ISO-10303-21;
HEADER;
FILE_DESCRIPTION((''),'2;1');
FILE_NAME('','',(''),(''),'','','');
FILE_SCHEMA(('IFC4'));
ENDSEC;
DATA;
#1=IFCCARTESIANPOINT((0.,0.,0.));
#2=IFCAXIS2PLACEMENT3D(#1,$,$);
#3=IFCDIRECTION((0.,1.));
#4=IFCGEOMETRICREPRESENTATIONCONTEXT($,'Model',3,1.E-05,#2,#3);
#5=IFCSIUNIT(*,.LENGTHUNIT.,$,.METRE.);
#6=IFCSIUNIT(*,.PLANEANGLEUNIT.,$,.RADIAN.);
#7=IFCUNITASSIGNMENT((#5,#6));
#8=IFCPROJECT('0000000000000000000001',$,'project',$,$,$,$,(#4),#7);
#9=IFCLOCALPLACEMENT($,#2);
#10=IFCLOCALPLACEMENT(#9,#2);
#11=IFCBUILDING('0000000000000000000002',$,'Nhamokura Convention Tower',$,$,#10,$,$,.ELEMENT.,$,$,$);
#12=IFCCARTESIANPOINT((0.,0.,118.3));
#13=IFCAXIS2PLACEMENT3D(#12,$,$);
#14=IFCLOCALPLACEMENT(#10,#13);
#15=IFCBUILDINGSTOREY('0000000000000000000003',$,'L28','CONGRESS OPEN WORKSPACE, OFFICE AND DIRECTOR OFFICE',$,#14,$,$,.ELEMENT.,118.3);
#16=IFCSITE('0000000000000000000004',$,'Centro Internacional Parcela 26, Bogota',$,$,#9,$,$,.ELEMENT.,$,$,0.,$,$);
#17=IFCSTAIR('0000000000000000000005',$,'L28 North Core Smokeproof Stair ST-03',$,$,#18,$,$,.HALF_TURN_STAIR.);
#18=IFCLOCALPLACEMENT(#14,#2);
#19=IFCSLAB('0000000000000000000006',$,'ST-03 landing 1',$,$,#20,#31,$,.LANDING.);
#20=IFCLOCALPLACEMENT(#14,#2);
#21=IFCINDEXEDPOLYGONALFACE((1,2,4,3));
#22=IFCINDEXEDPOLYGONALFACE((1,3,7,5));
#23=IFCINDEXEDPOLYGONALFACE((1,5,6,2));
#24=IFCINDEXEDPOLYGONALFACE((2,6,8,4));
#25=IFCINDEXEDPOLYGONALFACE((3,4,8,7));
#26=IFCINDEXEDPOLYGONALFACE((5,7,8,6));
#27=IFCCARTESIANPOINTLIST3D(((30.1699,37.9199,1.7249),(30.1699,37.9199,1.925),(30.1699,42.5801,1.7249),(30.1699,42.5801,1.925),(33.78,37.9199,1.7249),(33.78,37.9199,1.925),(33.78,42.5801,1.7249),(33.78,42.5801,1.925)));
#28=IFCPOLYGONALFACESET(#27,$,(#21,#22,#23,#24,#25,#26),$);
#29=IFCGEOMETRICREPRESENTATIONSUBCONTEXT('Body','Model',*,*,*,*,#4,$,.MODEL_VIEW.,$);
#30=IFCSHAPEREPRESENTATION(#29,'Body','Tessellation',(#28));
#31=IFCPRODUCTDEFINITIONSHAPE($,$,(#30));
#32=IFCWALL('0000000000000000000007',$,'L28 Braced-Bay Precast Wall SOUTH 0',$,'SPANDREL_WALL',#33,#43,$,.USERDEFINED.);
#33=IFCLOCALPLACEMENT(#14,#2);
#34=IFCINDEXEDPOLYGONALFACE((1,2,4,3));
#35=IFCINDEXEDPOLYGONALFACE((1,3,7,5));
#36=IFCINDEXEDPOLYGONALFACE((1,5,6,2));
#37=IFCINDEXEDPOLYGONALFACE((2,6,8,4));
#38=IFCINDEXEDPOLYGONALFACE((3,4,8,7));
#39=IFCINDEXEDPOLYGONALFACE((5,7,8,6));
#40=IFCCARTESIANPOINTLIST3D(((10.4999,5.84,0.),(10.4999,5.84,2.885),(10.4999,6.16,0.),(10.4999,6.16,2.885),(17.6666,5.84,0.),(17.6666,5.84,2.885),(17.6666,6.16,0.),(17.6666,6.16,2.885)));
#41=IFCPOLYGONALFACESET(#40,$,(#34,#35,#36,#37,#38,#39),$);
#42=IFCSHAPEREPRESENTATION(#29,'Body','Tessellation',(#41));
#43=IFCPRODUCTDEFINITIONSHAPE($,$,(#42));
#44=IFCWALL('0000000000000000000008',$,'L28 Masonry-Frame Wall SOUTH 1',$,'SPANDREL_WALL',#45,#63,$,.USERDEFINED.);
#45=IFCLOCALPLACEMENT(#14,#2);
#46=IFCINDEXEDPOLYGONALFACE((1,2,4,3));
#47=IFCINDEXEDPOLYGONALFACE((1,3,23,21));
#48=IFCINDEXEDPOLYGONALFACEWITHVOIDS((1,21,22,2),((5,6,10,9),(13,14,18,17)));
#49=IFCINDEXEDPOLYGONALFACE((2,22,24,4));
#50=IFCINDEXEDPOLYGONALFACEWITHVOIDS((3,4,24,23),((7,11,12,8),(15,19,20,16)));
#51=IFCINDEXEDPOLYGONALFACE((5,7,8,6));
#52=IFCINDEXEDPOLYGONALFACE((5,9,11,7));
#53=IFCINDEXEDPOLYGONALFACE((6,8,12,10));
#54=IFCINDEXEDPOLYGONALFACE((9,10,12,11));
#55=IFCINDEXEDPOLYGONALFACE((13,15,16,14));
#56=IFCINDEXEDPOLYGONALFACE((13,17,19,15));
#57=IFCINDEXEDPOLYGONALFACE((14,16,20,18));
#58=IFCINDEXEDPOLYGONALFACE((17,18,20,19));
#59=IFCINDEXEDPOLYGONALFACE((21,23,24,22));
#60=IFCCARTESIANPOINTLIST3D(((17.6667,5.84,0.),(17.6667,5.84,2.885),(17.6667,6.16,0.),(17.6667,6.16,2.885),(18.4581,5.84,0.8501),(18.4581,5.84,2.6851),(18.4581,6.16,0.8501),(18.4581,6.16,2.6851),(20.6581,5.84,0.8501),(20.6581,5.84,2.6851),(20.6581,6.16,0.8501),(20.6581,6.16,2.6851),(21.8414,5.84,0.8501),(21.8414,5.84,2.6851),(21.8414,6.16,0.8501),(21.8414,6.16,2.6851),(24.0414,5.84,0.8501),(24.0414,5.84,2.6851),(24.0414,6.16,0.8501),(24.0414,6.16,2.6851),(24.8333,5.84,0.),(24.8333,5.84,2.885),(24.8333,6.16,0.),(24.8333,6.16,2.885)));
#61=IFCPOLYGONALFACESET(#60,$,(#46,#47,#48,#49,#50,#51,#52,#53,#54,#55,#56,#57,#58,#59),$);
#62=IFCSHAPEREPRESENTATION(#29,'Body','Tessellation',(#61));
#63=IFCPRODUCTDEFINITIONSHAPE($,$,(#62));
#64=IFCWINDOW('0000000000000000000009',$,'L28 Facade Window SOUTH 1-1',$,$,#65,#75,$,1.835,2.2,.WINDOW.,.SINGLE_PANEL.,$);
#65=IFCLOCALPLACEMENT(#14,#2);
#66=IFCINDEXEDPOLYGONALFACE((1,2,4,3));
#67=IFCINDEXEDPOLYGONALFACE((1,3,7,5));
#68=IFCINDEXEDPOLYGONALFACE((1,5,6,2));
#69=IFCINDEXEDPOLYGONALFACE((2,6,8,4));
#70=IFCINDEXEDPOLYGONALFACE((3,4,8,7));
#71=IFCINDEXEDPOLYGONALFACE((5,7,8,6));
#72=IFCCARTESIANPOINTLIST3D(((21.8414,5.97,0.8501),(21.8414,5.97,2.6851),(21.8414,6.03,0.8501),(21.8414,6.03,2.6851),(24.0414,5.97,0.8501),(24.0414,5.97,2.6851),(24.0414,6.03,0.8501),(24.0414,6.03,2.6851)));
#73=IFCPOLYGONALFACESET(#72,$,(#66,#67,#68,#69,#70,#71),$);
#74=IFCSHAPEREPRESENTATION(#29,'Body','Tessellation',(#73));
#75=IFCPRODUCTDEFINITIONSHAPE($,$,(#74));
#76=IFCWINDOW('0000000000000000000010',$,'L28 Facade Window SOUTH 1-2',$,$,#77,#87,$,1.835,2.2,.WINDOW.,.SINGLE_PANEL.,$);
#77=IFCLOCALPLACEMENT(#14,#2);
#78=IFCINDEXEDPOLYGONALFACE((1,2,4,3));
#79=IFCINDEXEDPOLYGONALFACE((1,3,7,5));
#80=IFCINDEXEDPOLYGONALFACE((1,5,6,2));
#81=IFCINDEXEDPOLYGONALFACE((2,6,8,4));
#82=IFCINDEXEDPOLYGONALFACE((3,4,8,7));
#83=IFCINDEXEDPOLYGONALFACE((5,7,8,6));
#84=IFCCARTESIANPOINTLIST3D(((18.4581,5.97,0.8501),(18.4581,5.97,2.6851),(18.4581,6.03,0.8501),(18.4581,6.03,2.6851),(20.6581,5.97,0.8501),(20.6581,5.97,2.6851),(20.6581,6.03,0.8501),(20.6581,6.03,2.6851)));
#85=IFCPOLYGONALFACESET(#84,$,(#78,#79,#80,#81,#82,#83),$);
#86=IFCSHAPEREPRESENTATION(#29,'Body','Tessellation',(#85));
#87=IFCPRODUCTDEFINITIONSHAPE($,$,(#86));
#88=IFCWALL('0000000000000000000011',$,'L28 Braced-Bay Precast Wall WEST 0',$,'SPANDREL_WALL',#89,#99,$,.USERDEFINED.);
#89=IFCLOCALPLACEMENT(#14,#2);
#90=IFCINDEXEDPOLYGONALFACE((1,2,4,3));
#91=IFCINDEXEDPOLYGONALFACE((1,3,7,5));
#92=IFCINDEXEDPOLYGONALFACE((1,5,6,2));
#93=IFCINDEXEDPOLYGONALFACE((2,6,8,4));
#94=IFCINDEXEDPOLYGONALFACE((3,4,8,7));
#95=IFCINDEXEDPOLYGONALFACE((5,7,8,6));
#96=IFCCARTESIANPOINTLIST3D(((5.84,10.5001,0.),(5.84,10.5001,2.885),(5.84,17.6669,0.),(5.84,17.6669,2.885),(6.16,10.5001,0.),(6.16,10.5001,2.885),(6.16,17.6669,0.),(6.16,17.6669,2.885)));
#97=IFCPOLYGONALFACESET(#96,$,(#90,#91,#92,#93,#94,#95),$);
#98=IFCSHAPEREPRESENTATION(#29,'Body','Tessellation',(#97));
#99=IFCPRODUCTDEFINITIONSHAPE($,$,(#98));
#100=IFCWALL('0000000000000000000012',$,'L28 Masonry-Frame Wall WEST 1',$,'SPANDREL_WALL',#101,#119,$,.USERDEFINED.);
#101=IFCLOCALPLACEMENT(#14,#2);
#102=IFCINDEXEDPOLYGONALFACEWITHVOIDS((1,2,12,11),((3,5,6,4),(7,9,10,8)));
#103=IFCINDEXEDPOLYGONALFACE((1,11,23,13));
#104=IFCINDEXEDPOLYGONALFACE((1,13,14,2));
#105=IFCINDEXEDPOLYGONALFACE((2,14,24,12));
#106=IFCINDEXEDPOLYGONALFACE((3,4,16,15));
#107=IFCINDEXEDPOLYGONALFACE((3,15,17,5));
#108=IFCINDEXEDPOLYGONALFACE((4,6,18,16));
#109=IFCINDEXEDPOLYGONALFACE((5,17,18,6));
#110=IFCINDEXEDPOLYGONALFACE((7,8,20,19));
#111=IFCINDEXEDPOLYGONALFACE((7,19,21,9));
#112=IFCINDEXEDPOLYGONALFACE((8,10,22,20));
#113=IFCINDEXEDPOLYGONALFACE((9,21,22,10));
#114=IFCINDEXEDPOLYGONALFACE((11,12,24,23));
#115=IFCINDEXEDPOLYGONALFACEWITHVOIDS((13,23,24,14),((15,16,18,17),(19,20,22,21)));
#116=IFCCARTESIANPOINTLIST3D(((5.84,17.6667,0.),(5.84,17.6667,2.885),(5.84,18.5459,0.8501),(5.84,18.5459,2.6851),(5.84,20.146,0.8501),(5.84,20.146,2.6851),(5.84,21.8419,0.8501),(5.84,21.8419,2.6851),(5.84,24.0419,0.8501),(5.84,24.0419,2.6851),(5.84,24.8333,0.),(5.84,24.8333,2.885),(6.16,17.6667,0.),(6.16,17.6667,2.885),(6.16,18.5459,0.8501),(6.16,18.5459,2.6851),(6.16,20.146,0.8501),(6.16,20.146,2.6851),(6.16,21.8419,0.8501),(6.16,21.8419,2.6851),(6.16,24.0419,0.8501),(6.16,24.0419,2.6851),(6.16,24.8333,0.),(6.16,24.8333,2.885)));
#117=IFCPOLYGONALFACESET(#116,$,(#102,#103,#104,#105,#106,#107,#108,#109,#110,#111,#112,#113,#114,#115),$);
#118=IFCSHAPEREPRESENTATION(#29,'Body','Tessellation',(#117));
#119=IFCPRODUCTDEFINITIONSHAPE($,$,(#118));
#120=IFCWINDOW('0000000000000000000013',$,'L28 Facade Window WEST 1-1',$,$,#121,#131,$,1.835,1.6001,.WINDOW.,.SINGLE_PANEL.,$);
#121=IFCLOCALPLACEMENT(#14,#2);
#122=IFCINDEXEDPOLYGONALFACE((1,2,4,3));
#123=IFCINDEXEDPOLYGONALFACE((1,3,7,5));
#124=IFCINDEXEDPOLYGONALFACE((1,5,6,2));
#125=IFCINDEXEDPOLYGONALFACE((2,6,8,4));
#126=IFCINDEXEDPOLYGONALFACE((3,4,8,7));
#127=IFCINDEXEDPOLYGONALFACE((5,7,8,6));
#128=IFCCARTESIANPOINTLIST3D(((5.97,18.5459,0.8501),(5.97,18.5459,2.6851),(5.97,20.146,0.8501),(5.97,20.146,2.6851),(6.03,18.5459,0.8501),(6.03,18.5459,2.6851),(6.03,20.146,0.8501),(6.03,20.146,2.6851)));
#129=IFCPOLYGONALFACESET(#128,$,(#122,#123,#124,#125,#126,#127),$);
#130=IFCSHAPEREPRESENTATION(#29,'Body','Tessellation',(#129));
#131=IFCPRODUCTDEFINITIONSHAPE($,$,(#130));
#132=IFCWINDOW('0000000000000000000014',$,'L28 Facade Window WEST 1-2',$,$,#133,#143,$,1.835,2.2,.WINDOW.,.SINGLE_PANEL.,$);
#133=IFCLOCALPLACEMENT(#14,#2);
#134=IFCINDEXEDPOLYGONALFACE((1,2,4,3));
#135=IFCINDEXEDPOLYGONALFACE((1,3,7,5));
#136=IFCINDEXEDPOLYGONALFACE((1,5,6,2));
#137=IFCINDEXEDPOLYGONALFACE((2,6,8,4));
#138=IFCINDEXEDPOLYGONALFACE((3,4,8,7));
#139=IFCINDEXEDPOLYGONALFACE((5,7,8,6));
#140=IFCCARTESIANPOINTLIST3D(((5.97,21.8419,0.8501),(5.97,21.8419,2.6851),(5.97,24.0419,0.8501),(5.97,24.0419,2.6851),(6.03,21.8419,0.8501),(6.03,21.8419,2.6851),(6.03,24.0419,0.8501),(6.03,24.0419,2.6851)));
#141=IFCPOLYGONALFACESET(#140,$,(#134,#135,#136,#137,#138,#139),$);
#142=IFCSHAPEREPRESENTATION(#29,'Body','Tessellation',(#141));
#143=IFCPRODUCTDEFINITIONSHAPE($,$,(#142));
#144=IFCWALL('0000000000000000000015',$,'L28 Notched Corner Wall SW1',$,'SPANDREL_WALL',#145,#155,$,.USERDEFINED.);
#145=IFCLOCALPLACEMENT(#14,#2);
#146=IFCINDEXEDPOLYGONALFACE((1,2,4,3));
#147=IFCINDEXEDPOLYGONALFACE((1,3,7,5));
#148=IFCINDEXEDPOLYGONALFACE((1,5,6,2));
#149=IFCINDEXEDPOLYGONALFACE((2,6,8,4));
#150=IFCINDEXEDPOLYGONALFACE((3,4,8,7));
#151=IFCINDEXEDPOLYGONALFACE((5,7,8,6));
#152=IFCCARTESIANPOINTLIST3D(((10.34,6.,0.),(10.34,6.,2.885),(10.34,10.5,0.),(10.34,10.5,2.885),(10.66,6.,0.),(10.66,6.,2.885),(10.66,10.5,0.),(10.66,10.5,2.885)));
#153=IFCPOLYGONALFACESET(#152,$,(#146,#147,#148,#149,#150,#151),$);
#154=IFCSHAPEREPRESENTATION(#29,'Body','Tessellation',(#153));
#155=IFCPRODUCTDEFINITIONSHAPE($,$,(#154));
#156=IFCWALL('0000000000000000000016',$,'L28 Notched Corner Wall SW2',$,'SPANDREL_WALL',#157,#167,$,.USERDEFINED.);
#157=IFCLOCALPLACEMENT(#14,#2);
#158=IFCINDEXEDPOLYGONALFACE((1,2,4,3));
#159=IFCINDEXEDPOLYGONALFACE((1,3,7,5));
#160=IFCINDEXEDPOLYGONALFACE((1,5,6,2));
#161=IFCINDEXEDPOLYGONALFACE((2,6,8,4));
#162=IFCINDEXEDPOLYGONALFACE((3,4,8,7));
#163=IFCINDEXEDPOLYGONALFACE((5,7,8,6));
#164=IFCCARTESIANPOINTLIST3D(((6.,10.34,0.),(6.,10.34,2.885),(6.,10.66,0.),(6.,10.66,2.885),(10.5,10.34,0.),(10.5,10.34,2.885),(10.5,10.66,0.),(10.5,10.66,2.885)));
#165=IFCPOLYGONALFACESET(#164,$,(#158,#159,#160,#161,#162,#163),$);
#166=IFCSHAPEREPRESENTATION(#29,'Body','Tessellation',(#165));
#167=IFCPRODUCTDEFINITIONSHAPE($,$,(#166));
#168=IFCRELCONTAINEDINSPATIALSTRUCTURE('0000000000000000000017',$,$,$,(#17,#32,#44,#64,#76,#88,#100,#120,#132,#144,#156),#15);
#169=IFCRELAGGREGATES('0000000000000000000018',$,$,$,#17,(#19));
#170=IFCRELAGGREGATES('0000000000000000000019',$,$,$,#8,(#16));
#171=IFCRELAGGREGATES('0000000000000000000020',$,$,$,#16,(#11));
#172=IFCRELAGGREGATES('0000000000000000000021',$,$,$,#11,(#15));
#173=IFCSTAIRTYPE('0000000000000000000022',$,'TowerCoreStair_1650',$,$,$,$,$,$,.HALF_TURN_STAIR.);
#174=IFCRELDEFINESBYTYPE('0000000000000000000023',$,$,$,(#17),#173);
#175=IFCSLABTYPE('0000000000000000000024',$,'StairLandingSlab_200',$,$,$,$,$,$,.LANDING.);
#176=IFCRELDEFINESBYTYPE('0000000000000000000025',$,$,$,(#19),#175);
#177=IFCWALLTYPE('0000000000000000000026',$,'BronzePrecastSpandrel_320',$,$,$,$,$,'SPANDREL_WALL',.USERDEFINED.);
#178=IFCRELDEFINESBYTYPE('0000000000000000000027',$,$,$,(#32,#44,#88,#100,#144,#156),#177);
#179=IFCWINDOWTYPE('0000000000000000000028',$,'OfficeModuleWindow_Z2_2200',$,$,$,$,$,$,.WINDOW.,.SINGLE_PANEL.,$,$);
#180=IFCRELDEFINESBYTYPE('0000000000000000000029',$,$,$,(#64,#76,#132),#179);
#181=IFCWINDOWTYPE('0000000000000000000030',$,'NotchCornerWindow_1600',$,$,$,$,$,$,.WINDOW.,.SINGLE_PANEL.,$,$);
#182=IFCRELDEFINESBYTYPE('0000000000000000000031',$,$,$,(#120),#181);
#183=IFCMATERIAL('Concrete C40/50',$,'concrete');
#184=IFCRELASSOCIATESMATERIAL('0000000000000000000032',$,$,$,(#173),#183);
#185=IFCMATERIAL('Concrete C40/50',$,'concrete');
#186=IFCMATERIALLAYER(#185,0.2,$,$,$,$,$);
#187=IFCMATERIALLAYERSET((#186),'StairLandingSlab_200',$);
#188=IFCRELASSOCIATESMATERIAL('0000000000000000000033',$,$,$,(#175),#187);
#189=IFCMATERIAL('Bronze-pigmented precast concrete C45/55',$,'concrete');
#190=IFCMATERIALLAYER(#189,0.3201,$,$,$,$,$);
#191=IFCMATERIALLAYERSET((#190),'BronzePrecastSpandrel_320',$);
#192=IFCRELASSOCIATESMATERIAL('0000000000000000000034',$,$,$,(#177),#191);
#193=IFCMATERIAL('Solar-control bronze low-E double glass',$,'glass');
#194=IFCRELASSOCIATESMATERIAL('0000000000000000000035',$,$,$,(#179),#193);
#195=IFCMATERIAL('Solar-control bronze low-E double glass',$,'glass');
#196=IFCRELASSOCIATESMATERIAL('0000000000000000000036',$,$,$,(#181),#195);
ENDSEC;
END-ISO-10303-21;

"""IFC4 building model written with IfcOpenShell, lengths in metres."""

from ifc_helpers import new_model, si_unit, direction, frame, frame_2d, origin, place, context, subcontext, project, spatial, polyline, rectangle, outline, extrude, material, layer, layer_set, type_object, element, fill, aggregate, save


model = new_model("IFC4")

# Units and contexts
model_context = context("Model", 3, precision=1e-05, world=origin(), true_north=direction((0.0, 1.0)))
body_context = subcontext(model_context, "Body", "Model", "MODEL_VIEW")
ifc_project = project(units=[si_unit("LENGTHUNIT", "METRE"), si_unit("PLANEANGLEUNIT", "RADIAN")], contexts=[model_context])

# Site, building, storey
site_placement = place(None, origin())
site = spatial("IfcSite", under=ifc_project, at=site_placement, Name="Centro Internacional Parcela 26, Bogota", CompositionType="ELEMENT", RefElevation=0.0)
building_placement = place(site_placement, origin())
building = spatial("IfcBuilding", under=site, at=building_placement, Name="Nhamokura Convention Tower", CompositionType="ELEMENT")
storey_placement = place(building_placement, frame((0.0, 0.0, 118.3)))
storey = spatial("IfcBuildingStorey", under=building, at=storey_placement, Name="L28", Description="CONGRESS OPEN WORKSPACE, OFFICE AND DIRECTOR OFFICE", CompositionType="ELEMENT", Elevation=118.3)

# Stair, slab
ifc_material_1 = material(Name="Concrete C40/50", Category="concrete")
stair_type = type_object("IfcStairType", Name="TowerCoreStair_1650", PredefinedType="HALF_TURN_STAIR", material=ifc_material_1)
ifc_material_2 = material(Name="Concrete C40/50", Category="concrete")
ifc_layer_1 = layer(ifc_material_2, 0.2)
ifc_layer_set_1 = layer_set([ifc_layer_1], Name="StairLandingSlab_200")
slab_type_1 = type_object("IfcSlabType", Name="StairLandingSlab_200", PredefinedType="LANDING", material=ifc_layer_set_1)
stair_1_placement = place(storey_placement, origin())
stair_1 = element("IfcStair", 1, at=stair_1_placement, inside=storey, type_object=stair_type, Name="L28 North Core Smokeproof Stair ST-03", PredefinedType="HALF_TURN_STAIR")
slab_1_placement = place(storey_placement, frame((0.0, 0.0, 1.7249)))
slab_1 = element("IfcSlab", 2, at=slab_1_placement, type_object=slab_type_1, Name="ST-03 landing 1", PredefinedType="LANDING", context=body_context, shape_type="SweptSolid", body=[
    extrude(outline(polyline([(33.78, 37.9199), (33.78, 42.5801), (30.1699, 42.5801), (30.1699, 37.9199), (33.78, 37.9199)])), origin(), (0.0, 0.0, 1.0), 0.2002),
])
aggregate(stair_1, [slab_1])

# Wall
ifc_material_3 = material(Name="Bronze-pigmented precast concrete C45/55", Category="concrete")
ifc_layer_2 = layer(ifc_material_3, 0.3201)
ifc_layer_set_2 = layer_set([ifc_layer_2], Name="BronzePrecastSpandrel_320")
wall_type_1 = type_object("IfcWallType", Name="BronzePrecastSpandrel_320", ElementType="SPANDREL_WALL", PredefinedType="USERDEFINED", material=ifc_layer_set_2)
wall_1_placement = place(storey_placement, frame((17.6667, 6.0, 0.0), z_axis=(0.0, 0.0, 1.0), x_axis=(-1.0, 0.0, 0.0)))
element("IfcWall", 3, at=wall_1_placement, inside=storey, type_object=wall_type_1, Name="L28 Braced-Bay Precast Wall SOUTH 0", ObjectType="SPANDREL_WALL", PredefinedType="USERDEFINED", context=body_context, shape_type="SweptSolid", body=[
    extrude(rectangle(XDim=7.1667, YDim=0.3201, at=frame_2d((3.5835, 0.0))), origin(), (0.0, 0.0, 1.0), 2.885),
])

# Wall, openings, windows
wall_2_placement = place(storey_placement, frame((24.8333, 6.0, 0.0), z_axis=(0.0, 0.0, 1.0), x_axis=(-1.0, 0.0, 0.0)))
wall_2 = element("IfcWall", 4, at=wall_2_placement, inside=storey, type_object=wall_type_1, Name="L28 Masonry-Frame Wall SOUTH 1", ObjectType="SPANDREL_WALL", PredefinedType="USERDEFINED", context=body_context, shape_type="SweptSolid", body=[
    extrude(rectangle(XDim=7.1665, YDim=0.3201, at=frame_2d((3.5833, 0.0))), origin(), (0.0, 0.0, 1.0), 2.885),
])
opening_1_placement = place(wall_2_placement, frame((0.7917, 0.0, 0.8501)))
opening_1 = element("IfcOpeningElement", 5, at=opening_1_placement, cuts=wall_2, PredefinedType="OPENING", context=body_context, shape_type="SweptSolid", body=[
    extrude(rectangle(XDim=2.2, YDim=1.835, at=frame_2d((1.1001, 0.9175))), frame((0.0, 0.1699, 0.0), z_axis=(0.0, -1.0, 0.0), x_axis=(1.0, 0.0, 0.0)), (0.0, 0.0, 1.0), 0.3401),
])
opening_2_placement = place(wall_2_placement, frame((4.175, 0.0, 0.8501)))
opening_2 = element("IfcOpeningElement", 6, at=opening_2_placement, cuts=wall_2, PredefinedType="OPENING", context=body_context, shape_type="SweptSolid", body=[
    extrude(rectangle(XDim=2.2, YDim=1.835, at=frame_2d((1.1001, 0.9175))), frame((0.0, 0.1699, 0.0), z_axis=(0.0, -1.0, 0.0), x_axis=(1.0, 0.0, 0.0)), (0.0, 0.0, 1.0), 0.3401),
])
ifc_material_4 = material(Name="Solar-control bronze low-E double glass", Category="glass")
window_type_1 = type_object("IfcWindowType", Name="OfficeModuleWindow_Z2_2200", PartitioningType="SINGLE_PANEL", PredefinedType="WINDOW", material=ifc_material_4)
window_1_placement = place(opening_1_placement, origin())
window_1 = element("IfcWindow", 7, at=window_1_placement, inside=storey, type_object=window_type_1, Name="L28 Facade Window SOUTH 1-1", OverallHeight=1.835, OverallWidth=2.2, PartitioningType="SINGLE_PANEL", PredefinedType="WINDOW", context=body_context, shape_type="SweptSolid", body=[
    extrude(rectangle(XDim=2.2, YDim=1.835, at=frame_2d((1.1001, 0.9175))), frame((0.0, 0.03, 0.0), z_axis=(0.0, -1.0, 0.0), x_axis=(1.0, 0.0, 0.0)), (0.0, 0.0, 1.0), 0.0601),
])
fill(opening_1, window_1)
window_2_placement = place(opening_2_placement, origin())
window_2 = element("IfcWindow", 8, at=window_2_placement, inside=storey, type_object=window_type_1, Name="L28 Facade Window SOUTH 1-2", OverallHeight=1.835, OverallWidth=2.2, PartitioningType="SINGLE_PANEL", PredefinedType="WINDOW", context=body_context, shape_type="SweptSolid", body=[
    extrude(rectangle(XDim=2.2, YDim=1.835, at=frame_2d((1.1001, 0.9175))), frame((0.0, 0.03, 0.0), z_axis=(0.0, -1.0, 0.0), x_axis=(1.0, 0.0, 0.0)), (0.0, 0.0, 1.0), 0.0601),
])
fill(opening_2, window_2)

# Wall
wall_3_placement = place(storey_placement, frame((6.0, 10.5, 0.0), z_axis=(0.0, 0.0, 1.0), x_axis=(0.0, 1.0, 0.0)))
element("IfcWall", 9, at=wall_3_placement, inside=storey, type_object=wall_type_1, Name="L28 Braced-Bay Precast Wall WEST 0", ObjectType="SPANDREL_WALL", PredefinedType="USERDEFINED", context=body_context, shape_type="SweptSolid", body=[
    extrude(rectangle(XDim=7.1667, YDim=0.3201, at=frame_2d((3.5835, 0.0))), origin(), (0.0, 0.0, 1.0), 2.885),
])

# Wall, openings, windows
wall_4_placement = place(storey_placement, frame((6.0, 17.6667, 0.0), z_axis=(0.0, 0.0, 1.0), x_axis=(0.0, 1.0, 0.0)))
wall_4 = element("IfcWall", 10, at=wall_4_placement, inside=storey, type_object=wall_type_1, Name="L28 Masonry-Frame Wall WEST 1", ObjectType="SPANDREL_WALL", PredefinedType="USERDEFINED", context=body_context, shape_type="SweptSolid", body=[
    extrude(rectangle(XDim=7.1665, YDim=0.3201, at=frame_2d((3.5833, 0.0))), origin(), (0.0, 0.0, 1.0), 2.885),
])
opening_3_placement = place(wall_4_placement, frame((0.8792, 0.0, 0.8501)))
opening_3 = element("IfcOpeningElement", 11, at=opening_3_placement, cuts=wall_4, PredefinedType="OPENING", context=body_context, shape_type="SweptSolid", body=[
    extrude(rectangle(XDim=1.6001, YDim=1.835, at=frame_2d((0.8, 0.9175))), frame((0.0, 0.1699, 0.0), z_axis=(0.0, -1.0, 0.0), x_axis=(1.0, 0.0, 0.0)), (0.0, 0.0, 1.0), 0.3401),
])
opening_4_placement = place(wall_4_placement, frame((4.175, 0.0, 0.8501)))
opening_4 = element("IfcOpeningElement", 12, at=opening_4_placement, cuts=wall_4, PredefinedType="OPENING", context=body_context, shape_type="SweptSolid", body=[
    extrude(rectangle(XDim=2.2, YDim=1.835, at=frame_2d((1.1001, 0.9175))), frame((0.0, 0.1699, 0.0), z_axis=(0.0, -1.0, 0.0), x_axis=(1.0, 0.0, 0.0)), (0.0, 0.0, 1.0), 0.3401),
])
ifc_material_5 = material(Name="Solar-control bronze low-E double glass", Category="glass")
window_type_2 = type_object("IfcWindowType", Name="NotchCornerWindow_1600", PartitioningType="SINGLE_PANEL", PredefinedType="WINDOW", material=ifc_material_5)
window_3_placement = place(opening_3_placement, origin())
window_3 = element("IfcWindow", 13, at=window_3_placement, inside=storey, type_object=window_type_2, Name="L28 Facade Window WEST 1-1", OverallHeight=1.835, OverallWidth=1.6001, PartitioningType="SINGLE_PANEL", PredefinedType="WINDOW", context=body_context, shape_type="SweptSolid", body=[
    extrude(rectangle(XDim=1.6001, YDim=1.835, at=frame_2d((0.8, 0.9175))), frame((0.0, 0.03, 0.0), z_axis=(0.0, -1.0, 0.0), x_axis=(1.0, 0.0, 0.0)), (0.0, 0.0, 1.0), 0.0601),
])
fill(opening_3, window_3)
window_4_placement = place(opening_4_placement, origin())
window_4 = element("IfcWindow", 14, at=window_4_placement, inside=storey, type_object=window_type_1, Name="L28 Facade Window WEST 1-2", OverallHeight=1.835, OverallWidth=2.2, PartitioningType="SINGLE_PANEL", PredefinedType="WINDOW", context=body_context, shape_type="SweptSolid", body=[
    extrude(rectangle(XDim=2.2, YDim=1.835, at=frame_2d((1.1001, 0.9175))), frame((0.0, 0.03, 0.0), z_axis=(0.0, -1.0, 0.0), x_axis=(1.0, 0.0, 0.0)), (0.0, 0.0, 1.0), 0.0601),
])
fill(opening_4, window_4)

# Walls
for number, where, z_axis, x_axis, name in (
    (15, (10.5, 6.0, 0.0), (0.0, 0.0, 1.0), (0.0, 1.0, 0.0), "L28 Notched Corner Wall SW1"),
    (16, (10.5, 10.5, 0.0), (0.0, 0.0, 1.0), (-1.0, 0.0, 0.0), "L28 Notched Corner Wall SW2"),
):
    element("IfcWall", number, at=place(storey_placement, frame(where, z_axis=z_axis, x_axis=x_axis)), inside=storey, type_object=wall_type_1, Name=name, ObjectType="SPANDREL_WALL", PredefinedType="USERDEFINED", context=body_context, shape_type="SweptSolid", body=[
        extrude(rectangle(XDim=4.5, YDim=0.3201, at=frame_2d((2.25, 0.0))), origin(), (0.0, 0.0, 1.0), 2.885),
    ])

save(model, "model.ifc")
